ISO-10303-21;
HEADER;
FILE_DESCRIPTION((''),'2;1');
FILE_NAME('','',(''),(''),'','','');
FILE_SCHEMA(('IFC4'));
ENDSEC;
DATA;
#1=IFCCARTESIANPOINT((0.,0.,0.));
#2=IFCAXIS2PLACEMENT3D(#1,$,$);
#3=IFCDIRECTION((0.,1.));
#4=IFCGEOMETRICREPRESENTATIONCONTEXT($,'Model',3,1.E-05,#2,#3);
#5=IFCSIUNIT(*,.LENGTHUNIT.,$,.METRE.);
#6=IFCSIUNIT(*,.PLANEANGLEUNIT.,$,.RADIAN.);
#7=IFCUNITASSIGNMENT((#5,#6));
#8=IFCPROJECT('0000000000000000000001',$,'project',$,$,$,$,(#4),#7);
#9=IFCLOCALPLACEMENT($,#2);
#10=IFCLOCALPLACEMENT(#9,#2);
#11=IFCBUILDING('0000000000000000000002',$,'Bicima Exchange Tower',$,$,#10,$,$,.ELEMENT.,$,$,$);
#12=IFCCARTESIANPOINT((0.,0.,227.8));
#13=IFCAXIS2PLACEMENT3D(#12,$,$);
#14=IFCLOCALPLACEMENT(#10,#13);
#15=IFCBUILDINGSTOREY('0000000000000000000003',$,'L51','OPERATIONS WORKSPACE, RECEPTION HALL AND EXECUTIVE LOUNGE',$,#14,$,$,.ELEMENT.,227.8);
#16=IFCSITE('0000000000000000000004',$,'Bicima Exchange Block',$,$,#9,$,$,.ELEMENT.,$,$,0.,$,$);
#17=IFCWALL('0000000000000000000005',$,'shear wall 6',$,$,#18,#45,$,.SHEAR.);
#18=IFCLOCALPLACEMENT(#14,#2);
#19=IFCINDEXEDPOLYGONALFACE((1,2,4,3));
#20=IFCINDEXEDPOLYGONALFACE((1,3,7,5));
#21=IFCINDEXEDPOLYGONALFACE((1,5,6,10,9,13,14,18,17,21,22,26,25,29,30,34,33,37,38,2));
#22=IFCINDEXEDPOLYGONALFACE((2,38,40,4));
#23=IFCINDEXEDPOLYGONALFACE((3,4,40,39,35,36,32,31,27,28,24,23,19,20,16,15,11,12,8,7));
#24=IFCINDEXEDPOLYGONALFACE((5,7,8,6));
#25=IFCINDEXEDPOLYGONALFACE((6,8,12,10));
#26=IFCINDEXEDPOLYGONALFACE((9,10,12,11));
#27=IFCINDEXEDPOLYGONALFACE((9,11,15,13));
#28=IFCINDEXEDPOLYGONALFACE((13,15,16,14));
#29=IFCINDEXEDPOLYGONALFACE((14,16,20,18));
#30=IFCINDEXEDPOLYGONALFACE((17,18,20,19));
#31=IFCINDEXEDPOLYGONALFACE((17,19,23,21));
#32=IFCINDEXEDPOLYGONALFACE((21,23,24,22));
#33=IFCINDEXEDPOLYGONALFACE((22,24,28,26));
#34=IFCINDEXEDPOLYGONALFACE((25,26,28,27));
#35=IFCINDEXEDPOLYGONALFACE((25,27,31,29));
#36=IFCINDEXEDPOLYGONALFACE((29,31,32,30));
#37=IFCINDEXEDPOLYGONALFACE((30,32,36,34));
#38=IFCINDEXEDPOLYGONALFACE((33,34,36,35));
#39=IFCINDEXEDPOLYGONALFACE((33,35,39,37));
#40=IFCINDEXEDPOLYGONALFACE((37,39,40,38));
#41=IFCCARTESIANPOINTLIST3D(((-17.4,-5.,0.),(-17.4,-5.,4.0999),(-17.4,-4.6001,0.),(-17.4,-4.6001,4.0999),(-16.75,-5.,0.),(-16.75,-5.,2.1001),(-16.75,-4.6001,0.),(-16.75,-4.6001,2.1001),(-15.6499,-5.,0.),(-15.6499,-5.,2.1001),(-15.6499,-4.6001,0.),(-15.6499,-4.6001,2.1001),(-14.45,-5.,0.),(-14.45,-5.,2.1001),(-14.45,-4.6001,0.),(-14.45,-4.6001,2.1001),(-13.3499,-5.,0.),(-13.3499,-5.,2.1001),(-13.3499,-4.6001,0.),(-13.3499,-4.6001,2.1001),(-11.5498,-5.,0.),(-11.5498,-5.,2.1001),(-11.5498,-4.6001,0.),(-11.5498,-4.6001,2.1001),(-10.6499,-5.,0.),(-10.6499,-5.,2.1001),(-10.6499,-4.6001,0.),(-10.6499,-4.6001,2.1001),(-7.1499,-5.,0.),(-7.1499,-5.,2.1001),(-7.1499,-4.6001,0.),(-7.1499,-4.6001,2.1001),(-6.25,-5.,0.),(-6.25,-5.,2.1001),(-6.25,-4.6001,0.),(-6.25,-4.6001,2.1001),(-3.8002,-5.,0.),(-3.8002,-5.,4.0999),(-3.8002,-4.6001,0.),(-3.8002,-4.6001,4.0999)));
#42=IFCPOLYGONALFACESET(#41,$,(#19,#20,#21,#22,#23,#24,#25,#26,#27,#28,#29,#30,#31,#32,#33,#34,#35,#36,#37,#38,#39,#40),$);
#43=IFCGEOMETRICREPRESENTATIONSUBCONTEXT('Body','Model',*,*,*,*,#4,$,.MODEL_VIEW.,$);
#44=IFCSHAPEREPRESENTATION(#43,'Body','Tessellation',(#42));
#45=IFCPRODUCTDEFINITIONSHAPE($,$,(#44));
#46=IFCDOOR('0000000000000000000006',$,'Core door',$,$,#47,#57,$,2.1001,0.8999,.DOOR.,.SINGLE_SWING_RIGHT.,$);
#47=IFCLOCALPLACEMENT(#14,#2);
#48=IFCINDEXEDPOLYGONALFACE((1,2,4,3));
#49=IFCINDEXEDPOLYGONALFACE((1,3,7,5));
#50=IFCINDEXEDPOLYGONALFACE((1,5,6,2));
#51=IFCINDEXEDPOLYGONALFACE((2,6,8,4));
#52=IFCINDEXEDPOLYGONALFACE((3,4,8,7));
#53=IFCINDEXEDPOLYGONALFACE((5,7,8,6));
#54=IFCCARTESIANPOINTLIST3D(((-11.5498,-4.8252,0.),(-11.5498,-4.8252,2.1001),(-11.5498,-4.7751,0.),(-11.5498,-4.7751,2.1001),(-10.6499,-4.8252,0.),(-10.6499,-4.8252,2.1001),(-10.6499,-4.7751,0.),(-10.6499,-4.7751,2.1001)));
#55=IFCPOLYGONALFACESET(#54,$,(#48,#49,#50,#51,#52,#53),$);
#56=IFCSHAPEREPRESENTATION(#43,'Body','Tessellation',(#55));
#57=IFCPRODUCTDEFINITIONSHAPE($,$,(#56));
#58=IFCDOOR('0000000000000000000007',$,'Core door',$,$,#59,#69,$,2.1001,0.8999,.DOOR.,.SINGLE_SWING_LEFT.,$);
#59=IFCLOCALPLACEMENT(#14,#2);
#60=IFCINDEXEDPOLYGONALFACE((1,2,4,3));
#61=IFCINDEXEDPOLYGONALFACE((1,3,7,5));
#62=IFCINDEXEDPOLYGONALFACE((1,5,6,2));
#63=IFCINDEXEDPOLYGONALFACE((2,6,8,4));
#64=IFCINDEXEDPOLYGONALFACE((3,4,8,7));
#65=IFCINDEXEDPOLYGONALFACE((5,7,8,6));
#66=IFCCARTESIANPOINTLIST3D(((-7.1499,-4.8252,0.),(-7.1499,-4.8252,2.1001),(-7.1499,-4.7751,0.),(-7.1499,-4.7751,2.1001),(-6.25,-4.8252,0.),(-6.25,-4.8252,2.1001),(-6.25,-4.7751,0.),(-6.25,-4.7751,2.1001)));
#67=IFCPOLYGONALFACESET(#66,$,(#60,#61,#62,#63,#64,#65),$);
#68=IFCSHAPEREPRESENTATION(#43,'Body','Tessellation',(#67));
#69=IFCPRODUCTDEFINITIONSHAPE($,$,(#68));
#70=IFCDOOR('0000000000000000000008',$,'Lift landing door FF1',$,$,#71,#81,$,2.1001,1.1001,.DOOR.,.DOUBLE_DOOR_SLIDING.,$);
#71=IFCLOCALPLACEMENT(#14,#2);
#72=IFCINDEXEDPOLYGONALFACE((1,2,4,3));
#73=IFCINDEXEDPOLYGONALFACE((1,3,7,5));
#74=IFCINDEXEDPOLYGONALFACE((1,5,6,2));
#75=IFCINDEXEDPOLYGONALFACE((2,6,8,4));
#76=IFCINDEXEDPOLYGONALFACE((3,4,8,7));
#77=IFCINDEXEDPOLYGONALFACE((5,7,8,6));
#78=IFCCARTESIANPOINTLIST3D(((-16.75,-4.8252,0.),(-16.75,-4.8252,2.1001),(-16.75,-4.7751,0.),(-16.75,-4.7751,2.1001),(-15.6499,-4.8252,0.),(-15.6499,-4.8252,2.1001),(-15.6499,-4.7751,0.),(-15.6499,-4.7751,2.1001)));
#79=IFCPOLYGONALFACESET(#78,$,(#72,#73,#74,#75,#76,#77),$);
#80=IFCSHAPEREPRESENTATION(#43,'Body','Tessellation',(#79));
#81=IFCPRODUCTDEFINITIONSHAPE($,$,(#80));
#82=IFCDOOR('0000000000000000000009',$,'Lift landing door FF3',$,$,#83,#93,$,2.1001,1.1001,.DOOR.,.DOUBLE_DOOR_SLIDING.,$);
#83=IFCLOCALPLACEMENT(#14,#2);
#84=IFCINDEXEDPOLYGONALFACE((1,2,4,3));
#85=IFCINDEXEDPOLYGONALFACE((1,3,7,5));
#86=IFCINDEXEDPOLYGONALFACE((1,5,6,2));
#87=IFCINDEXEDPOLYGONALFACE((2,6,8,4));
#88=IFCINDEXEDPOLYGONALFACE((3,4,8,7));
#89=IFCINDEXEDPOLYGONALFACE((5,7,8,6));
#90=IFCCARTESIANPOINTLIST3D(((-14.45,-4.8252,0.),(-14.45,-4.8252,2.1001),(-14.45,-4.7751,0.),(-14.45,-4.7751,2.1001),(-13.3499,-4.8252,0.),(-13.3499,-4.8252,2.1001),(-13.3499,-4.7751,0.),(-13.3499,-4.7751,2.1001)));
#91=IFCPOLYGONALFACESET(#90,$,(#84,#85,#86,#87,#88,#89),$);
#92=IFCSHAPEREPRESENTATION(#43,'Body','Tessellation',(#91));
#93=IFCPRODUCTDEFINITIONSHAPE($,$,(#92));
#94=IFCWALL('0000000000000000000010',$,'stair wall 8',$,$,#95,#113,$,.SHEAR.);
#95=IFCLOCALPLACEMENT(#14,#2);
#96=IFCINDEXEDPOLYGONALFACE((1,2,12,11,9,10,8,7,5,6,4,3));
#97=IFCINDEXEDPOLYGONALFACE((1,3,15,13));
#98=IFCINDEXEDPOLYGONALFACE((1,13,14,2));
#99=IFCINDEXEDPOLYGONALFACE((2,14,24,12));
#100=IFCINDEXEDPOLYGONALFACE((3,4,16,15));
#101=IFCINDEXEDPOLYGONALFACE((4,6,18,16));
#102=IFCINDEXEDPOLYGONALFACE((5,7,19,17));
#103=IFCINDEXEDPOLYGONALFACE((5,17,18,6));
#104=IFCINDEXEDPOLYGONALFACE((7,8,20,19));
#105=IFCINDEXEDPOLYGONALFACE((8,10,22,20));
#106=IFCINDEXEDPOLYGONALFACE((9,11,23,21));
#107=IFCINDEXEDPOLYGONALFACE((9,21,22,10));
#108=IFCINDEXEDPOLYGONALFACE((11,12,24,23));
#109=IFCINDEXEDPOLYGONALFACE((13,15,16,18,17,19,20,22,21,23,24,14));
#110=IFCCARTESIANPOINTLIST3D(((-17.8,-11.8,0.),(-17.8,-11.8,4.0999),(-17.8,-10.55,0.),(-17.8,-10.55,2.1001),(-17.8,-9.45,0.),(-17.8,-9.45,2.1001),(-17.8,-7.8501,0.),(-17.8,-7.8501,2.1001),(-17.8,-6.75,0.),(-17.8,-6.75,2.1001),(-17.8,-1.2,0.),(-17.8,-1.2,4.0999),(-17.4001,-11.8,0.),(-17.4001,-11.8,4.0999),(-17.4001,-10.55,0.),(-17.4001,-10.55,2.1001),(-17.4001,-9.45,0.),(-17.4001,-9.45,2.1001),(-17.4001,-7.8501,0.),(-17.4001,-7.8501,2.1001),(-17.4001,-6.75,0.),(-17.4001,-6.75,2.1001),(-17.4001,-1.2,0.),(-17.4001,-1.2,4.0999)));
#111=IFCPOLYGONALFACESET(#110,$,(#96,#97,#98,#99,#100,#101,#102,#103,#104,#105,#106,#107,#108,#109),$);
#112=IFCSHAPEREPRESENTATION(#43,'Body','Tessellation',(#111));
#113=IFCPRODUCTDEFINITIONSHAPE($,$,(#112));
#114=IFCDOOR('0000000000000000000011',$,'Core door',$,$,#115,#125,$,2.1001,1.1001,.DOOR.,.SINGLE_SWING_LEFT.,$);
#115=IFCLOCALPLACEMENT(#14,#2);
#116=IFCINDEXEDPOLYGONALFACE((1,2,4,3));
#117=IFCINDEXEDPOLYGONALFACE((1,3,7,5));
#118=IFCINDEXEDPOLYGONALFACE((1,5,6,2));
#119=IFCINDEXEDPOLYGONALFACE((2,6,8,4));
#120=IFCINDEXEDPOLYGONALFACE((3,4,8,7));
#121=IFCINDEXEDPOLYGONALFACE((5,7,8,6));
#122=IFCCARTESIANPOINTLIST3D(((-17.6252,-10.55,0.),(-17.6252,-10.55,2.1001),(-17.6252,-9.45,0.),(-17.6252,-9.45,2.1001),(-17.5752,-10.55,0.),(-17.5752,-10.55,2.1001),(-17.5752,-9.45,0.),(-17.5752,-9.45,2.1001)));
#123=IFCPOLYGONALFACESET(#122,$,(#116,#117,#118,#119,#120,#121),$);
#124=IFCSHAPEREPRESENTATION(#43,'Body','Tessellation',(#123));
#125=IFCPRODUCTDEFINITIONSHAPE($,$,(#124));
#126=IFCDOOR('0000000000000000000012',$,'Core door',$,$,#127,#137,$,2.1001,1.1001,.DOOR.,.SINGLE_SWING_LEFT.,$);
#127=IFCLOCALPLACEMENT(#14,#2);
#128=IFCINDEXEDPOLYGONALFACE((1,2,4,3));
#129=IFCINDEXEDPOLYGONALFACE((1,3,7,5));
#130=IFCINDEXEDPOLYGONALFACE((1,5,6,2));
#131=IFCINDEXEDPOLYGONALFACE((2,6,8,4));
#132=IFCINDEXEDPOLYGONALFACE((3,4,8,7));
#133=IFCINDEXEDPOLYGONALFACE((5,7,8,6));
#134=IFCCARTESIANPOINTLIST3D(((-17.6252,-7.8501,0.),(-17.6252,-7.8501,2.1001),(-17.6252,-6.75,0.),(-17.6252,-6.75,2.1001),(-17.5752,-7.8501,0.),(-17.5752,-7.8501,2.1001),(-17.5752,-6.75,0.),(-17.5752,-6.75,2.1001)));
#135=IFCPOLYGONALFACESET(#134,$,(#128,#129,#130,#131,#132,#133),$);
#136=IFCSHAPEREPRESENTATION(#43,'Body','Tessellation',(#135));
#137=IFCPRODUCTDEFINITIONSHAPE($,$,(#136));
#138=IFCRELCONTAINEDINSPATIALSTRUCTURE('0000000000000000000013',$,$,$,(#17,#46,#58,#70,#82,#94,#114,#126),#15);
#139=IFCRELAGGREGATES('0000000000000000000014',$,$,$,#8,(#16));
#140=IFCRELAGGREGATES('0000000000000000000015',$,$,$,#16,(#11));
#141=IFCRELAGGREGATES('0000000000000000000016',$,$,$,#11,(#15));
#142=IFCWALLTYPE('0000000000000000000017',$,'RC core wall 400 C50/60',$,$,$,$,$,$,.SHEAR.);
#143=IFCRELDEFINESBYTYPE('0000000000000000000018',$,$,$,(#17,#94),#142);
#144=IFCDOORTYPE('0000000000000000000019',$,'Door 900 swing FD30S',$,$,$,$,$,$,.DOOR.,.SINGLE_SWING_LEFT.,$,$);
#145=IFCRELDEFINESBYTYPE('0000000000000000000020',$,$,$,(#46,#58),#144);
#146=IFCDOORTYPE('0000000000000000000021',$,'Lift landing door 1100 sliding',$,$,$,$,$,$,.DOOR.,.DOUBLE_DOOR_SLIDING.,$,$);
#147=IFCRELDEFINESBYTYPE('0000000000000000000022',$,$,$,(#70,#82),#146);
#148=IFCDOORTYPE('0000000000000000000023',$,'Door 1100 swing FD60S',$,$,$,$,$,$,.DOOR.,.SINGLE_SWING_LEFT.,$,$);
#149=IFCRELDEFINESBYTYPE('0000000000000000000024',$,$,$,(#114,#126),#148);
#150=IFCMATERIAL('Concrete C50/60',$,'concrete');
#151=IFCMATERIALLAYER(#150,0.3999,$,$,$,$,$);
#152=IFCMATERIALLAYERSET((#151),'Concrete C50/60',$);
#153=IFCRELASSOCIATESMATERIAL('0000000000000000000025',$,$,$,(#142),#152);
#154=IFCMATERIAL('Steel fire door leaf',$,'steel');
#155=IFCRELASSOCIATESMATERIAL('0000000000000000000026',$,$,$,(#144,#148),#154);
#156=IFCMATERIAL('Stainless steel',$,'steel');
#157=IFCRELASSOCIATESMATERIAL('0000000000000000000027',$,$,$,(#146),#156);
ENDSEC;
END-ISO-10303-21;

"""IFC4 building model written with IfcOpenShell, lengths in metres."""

from ifc_helpers import new_model, si_unit, direction, frame, frame_2d, origin, place, context, subcontext, project, spatial, rectangle, extrude, material, layer, layer_set, type_object, element, fill, save


model = new_model("IFC4")

# Units and contexts
model_context = context("Model", 3, precision=1e-05, world=origin(), true_north=direction((0.0, 1.0)))
body_context = subcontext(model_context, "Body", "Model", "MODEL_VIEW")
ifc_project = project(units=[si_unit("LENGTHUNIT", "METRE"), si_unit("PLANEANGLEUNIT", "RADIAN")], contexts=[model_context])

# Site, building, storey
site_placement = place(None, origin())
site = spatial("IfcSite", under=ifc_project, at=site_placement, Name="Bicima Exchange Block", CompositionType="ELEMENT", RefElevation=0.0)
building_placement = place(site_placement, origin())
building = spatial("IfcBuilding", under=site, at=building_placement, Name="Bicima Exchange Tower", CompositionType="ELEMENT")
storey_placement = place(building_placement, frame((0.0, 0.0, 227.8)))
storey = spatial("IfcBuildingStorey", under=building, at=storey_placement, Name="L51", Description="OPERATIONS WORKSPACE, RECEPTION HALL AND EXECUTIVE LOUNGE", CompositionType="ELEMENT", Elevation=227.8)

# Walls, openings, doors
ifc_material_1 = material(Name="Concrete C50/60", Category="concrete")
ifc_layer_1 = layer(ifc_material_1, 0.3999)
ifc_layer_set_1 = layer_set([ifc_layer_1], Name="Concrete C50/60")
wall_type_1 = type_object("IfcWallType", Name="RC core wall 400 C50/60", PredefinedType="SHEAR", material=ifc_layer_set_1)
ifc_material_2 = material(Name="Steel fire door leaf", Category="steel")
door_type_1 = type_object("IfcDoorType", Name="Door 900 swing FD30S", OperationType="SINGLE_SWING_LEFT", PredefinedType="DOOR", material=ifc_material_2)
ifc_material_3 = material(Name="Stainless steel", Category="steel")
wall_1_placement = place(storey_placement, frame((-17.3999, -4.8, 0.0), z_axis=(0.0, 0.0, 1.0), x_axis=(1.0, 0.0, 0.0)))
wall_1 = element("IfcWall", 1, at=wall_1_placement, inside=storey, type_object=wall_type_1, Name="shear wall 6", PredefinedType="SHEAR", context=body_context, shape_type="SweptSolid", body=[
    extrude(rectangle(XDim=13.5999, YDim=0.3999, at=frame_2d((6.7998, 0.0))), origin(), (0.0, 0.0, 1.0), 4.0999),
])
opening_1_placement = place(wall_1_placement, frame((0.6499, 0.0, 0.0)))
opening_1 = element("IfcOpeningElement", 2, at=opening_1_placement, cuts=wall_1, PredefinedType="OPENING", context=body_context, shape_type="SweptSolid", body=[
    extrude(rectangle(XDim=1.1001, YDim=2.1001, at=frame_2d((0.55, 1.05))), frame((0.0, 0.2119, 0.0), z_axis=(0.0, -1.0, 0.0), x_axis=(1.0, 0.0, 0.0)), (0.0, 0.0, 1.0), 0.4238),
])
opening_2_placement = place(wall_1_placement, frame((2.95, 0.0, 0.0)))
opening_2 = element("IfcOpeningElement", 3, at=opening_2_placement, cuts=wall_1, PredefinedType="OPENING", context=body_context, shape_type="SweptSolid", body=[
    extrude(rectangle(XDim=1.1001, YDim=2.1001, at=frame_2d((0.55, 1.05))), frame((0.0, 0.2119, 0.0), z_axis=(0.0, -1.0, 0.0), x_axis=(1.0, 0.0, 0.0)), (0.0, 0.0, 1.0), 0.4238),
])
opening_3_placement = place(wall_1_placement, frame((5.8501, 0.0, 0.0)))
opening_3 = element("IfcOpeningElement", 4, at=opening_3_placement, cuts=wall_1, PredefinedType="OPENING", context=body_context, shape_type="SweptSolid", body=[
    extrude(rectangle(XDim=0.8999, YDim=2.1001, at=frame_2d((0.45, 1.05))), frame((0.0, 0.2119, 0.0), z_axis=(0.0, -1.0, 0.0), x_axis=(1.0, 0.0, 0.0)), (0.0, 0.0, 1.0), 0.4238),
])
opening_4_placement = place(wall_1_placement, frame((10.25, 0.0, 0.0)))
opening_4 = element("IfcOpeningElement", 5, at=opening_4_placement, cuts=wall_1, PredefinedType="OPENING", context=body_context, shape_type="SweptSolid", body=[
    extrude(rectangle(XDim=0.8999, YDim=2.1001, at=frame_2d((0.45, 1.05))), frame((0.0, 0.2119, 0.0), z_axis=(0.0, -1.0, 0.0), x_axis=(1.0, 0.0, 0.0)), (0.0, 0.0, 1.0), 0.4238),
])
door_1_placement = place(opening_3_placement, origin())
door_1 = element("IfcDoor", 6, at=door_1_placement, inside=storey, type_object=door_type_1, Name="Core door", OperationType="SINGLE_SWING_RIGHT", OverallHeight=2.1001, OverallWidth=0.8999, PredefinedType="DOOR", context=body_context, shape_type="SweptSolid", body=[
    extrude(rectangle(XDim=0.8999, YDim=2.1001, at=frame_2d((0.45, 1.05))), frame((0.0, 0.0249, 0.0), z_axis=(0.0, -1.0, 0.0), x_axis=(1.0, 0.0, 0.0)), (0.0, 0.0, 1.0), 0.05),
])
fill(opening_3, door_1)
door_2_placement = place(opening_4_placement, origin())
door_2 = element("IfcDoor", 7, at=door_2_placement, inside=storey, type_object=door_type_1, Name="Core door", OperationType="SINGLE_SWING_LEFT", OverallHeight=2.1001, OverallWidth=0.8999, PredefinedType="DOOR", context=body_context, shape_type="SweptSolid", body=[
    extrude(rectangle(XDim=0.8999, YDim=2.1001, at=frame_2d((0.45, 1.05))), frame((0.0, 0.0249, 0.0), z_axis=(0.0, -1.0, 0.0), x_axis=(1.0, 0.0, 0.0)), (0.0, 0.0, 1.0), 0.05),
])
fill(opening_4, door_2)
door_type_2 = type_object("IfcDoorType", Name="Lift landing door 1100 sliding", OperationType="DOUBLE_DOOR_SLIDING", PredefinedType="DOOR", material=ifc_material_3)
door_3_placement = place(opening_1_placement, origin())
door_3 = element("IfcDoor", 8, at=door_3_placement, inside=storey, type_object=door_type_2, Name="Lift landing door FF1", OperationType="DOUBLE_DOOR_SLIDING", OverallHeight=2.1001, OverallWidth=1.1001, PredefinedType="DOOR", context=body_context, shape_type="SweptSolid", body=[
    extrude(rectangle(XDim=1.1001, YDim=2.1001, at=frame_2d((0.55, 1.05))), frame((0.0, 0.0249, 0.0), z_axis=(0.0, -1.0, 0.0), x_axis=(1.0, 0.0, 0.0)), (0.0, 0.0, 1.0), 0.05),
])
fill(opening_1, door_3)
door_4_placement = place(opening_2_placement, origin())
door_4 = element("IfcDoor", 9, at=door_4_placement, inside=storey, type_object=door_type_2, Name="Lift landing door FF3", OperationType="DOUBLE_DOOR_SLIDING", OverallHeight=2.1001, OverallWidth=1.1001, PredefinedType="DOOR", context=body_context, shape_type="SweptSolid", body=[
    extrude(rectangle(XDim=1.1001, YDim=2.1001, at=frame_2d((0.55, 1.05))), frame((0.0, 0.0249, 0.0), z_axis=(0.0, -1.0, 0.0), x_axis=(1.0, 0.0, 0.0)), (0.0, 0.0, 1.0), 0.05),
])
fill(opening_2, door_4)
wall_2_placement = place(storey_placement, frame((-17.6001, -11.8, 0.0), z_axis=(0.0, 0.0, 1.0), x_axis=(0.0, 1.0, 0.0)))
wall_2 = element("IfcWall", 10, at=wall_2_placement, inside=storey, type_object=wall_type_1, Name="stair wall 8", PredefinedType="SHEAR", context=body_context, shape_type="SweptSolid", body=[
    extrude(rectangle(XDim=10.6001, YDim=0.3999, at=frame_2d((5.3, 0.0))), origin(), (0.0, 0.0, 1.0), 4.0999),
])
opening_5_placement = place(wall_2_placement, frame((1.25, 0.0, 0.0)))
opening_5 = element("IfcOpeningElement", 11, at=opening_5_placement, cuts=wall_2, PredefinedType="OPENING", context=body_context, shape_type="SweptSolid", body=[
    extrude(rectangle(XDim=1.1001, YDim=2.1001, at=frame_2d((0.55, 1.05))), frame((0.0, 0.2119, 0.0), z_axis=(0.0, -1.0, 0.0), x_axis=(1.0, 0.0, 0.0)), (0.0, 0.0, 1.0), 0.4238),
])
opening_6_placement = place(wall_2_placement, frame((3.95, 0.0, 0.0)))
opening_6 = element("IfcOpeningElement", 12, at=opening_6_placement, cuts=wall_2, PredefinedType="OPENING", context=body_context, shape_type="SweptSolid", body=[
    extrude(rectangle(XDim=1.1001, YDim=2.1001, at=frame_2d((0.55, 1.05))), frame((0.0, 0.2119, 0.0), z_axis=(0.0, -1.0, 0.0), x_axis=(1.0, 0.0, 0.0)), (0.0, 0.0, 1.0), 0.4238),
])
door_type_3 = type_object("IfcDoorType", Name="Door 1100 swing FD60S", OperationType="SINGLE_SWING_LEFT", PredefinedType="DOOR", material=ifc_material_2)
door_5_placement = place(opening_5_placement, frame((1.1001, 0.0, 0.0), z_axis=(0.0, 0.0, 1.0), x_axis=(-1.0, 0.0, 0.0)))
door_5 = element("IfcDoor", 13, at=door_5_placement, inside=storey, type_object=door_type_3, Name="Core door", OperationType="SINGLE_SWING_LEFT", OverallHeight=2.1001, OverallWidth=1.1001, PredefinedType="DOOR", context=body_context, shape_type="SweptSolid", body=[
    extrude(rectangle(XDim=1.1001, YDim=2.1001, at=frame_2d((0.55, 1.05))), frame((0.0, 0.0249, 0.0), z_axis=(0.0, -1.0, 0.0), x_axis=(1.0, 0.0, 0.0)), (0.0, 0.0, 1.0), 0.05),
])
fill(opening_5, door_5)
door_6_placement = place(opening_6_placement, frame((1.1001, 0.0, 0.0), z_axis=(0.0, 0.0, 1.0), x_axis=(-1.0, 0.0, 0.0)))
door_6 = element("IfcDoor", 14, at=door_6_placement, inside=storey, type_object=door_type_3, Name="Core door", OperationType="SINGLE_SWING_LEFT", OverallHeight=2.1001, OverallWidth=1.1001, PredefinedType="DOOR", context=body_context, shape_type="SweptSolid", body=[
    extrude(rectangle(XDim=1.1001, YDim=2.1001, at=frame_2d((0.55, 1.05))), frame((0.0, 0.0249, 0.0), z_axis=(0.0, -1.0, 0.0), x_axis=(1.0, 0.0, 0.0)), (0.0, 0.0, 1.0), 0.05),
])
fill(opening_6, door_6)

save(model, "model.ifc")
